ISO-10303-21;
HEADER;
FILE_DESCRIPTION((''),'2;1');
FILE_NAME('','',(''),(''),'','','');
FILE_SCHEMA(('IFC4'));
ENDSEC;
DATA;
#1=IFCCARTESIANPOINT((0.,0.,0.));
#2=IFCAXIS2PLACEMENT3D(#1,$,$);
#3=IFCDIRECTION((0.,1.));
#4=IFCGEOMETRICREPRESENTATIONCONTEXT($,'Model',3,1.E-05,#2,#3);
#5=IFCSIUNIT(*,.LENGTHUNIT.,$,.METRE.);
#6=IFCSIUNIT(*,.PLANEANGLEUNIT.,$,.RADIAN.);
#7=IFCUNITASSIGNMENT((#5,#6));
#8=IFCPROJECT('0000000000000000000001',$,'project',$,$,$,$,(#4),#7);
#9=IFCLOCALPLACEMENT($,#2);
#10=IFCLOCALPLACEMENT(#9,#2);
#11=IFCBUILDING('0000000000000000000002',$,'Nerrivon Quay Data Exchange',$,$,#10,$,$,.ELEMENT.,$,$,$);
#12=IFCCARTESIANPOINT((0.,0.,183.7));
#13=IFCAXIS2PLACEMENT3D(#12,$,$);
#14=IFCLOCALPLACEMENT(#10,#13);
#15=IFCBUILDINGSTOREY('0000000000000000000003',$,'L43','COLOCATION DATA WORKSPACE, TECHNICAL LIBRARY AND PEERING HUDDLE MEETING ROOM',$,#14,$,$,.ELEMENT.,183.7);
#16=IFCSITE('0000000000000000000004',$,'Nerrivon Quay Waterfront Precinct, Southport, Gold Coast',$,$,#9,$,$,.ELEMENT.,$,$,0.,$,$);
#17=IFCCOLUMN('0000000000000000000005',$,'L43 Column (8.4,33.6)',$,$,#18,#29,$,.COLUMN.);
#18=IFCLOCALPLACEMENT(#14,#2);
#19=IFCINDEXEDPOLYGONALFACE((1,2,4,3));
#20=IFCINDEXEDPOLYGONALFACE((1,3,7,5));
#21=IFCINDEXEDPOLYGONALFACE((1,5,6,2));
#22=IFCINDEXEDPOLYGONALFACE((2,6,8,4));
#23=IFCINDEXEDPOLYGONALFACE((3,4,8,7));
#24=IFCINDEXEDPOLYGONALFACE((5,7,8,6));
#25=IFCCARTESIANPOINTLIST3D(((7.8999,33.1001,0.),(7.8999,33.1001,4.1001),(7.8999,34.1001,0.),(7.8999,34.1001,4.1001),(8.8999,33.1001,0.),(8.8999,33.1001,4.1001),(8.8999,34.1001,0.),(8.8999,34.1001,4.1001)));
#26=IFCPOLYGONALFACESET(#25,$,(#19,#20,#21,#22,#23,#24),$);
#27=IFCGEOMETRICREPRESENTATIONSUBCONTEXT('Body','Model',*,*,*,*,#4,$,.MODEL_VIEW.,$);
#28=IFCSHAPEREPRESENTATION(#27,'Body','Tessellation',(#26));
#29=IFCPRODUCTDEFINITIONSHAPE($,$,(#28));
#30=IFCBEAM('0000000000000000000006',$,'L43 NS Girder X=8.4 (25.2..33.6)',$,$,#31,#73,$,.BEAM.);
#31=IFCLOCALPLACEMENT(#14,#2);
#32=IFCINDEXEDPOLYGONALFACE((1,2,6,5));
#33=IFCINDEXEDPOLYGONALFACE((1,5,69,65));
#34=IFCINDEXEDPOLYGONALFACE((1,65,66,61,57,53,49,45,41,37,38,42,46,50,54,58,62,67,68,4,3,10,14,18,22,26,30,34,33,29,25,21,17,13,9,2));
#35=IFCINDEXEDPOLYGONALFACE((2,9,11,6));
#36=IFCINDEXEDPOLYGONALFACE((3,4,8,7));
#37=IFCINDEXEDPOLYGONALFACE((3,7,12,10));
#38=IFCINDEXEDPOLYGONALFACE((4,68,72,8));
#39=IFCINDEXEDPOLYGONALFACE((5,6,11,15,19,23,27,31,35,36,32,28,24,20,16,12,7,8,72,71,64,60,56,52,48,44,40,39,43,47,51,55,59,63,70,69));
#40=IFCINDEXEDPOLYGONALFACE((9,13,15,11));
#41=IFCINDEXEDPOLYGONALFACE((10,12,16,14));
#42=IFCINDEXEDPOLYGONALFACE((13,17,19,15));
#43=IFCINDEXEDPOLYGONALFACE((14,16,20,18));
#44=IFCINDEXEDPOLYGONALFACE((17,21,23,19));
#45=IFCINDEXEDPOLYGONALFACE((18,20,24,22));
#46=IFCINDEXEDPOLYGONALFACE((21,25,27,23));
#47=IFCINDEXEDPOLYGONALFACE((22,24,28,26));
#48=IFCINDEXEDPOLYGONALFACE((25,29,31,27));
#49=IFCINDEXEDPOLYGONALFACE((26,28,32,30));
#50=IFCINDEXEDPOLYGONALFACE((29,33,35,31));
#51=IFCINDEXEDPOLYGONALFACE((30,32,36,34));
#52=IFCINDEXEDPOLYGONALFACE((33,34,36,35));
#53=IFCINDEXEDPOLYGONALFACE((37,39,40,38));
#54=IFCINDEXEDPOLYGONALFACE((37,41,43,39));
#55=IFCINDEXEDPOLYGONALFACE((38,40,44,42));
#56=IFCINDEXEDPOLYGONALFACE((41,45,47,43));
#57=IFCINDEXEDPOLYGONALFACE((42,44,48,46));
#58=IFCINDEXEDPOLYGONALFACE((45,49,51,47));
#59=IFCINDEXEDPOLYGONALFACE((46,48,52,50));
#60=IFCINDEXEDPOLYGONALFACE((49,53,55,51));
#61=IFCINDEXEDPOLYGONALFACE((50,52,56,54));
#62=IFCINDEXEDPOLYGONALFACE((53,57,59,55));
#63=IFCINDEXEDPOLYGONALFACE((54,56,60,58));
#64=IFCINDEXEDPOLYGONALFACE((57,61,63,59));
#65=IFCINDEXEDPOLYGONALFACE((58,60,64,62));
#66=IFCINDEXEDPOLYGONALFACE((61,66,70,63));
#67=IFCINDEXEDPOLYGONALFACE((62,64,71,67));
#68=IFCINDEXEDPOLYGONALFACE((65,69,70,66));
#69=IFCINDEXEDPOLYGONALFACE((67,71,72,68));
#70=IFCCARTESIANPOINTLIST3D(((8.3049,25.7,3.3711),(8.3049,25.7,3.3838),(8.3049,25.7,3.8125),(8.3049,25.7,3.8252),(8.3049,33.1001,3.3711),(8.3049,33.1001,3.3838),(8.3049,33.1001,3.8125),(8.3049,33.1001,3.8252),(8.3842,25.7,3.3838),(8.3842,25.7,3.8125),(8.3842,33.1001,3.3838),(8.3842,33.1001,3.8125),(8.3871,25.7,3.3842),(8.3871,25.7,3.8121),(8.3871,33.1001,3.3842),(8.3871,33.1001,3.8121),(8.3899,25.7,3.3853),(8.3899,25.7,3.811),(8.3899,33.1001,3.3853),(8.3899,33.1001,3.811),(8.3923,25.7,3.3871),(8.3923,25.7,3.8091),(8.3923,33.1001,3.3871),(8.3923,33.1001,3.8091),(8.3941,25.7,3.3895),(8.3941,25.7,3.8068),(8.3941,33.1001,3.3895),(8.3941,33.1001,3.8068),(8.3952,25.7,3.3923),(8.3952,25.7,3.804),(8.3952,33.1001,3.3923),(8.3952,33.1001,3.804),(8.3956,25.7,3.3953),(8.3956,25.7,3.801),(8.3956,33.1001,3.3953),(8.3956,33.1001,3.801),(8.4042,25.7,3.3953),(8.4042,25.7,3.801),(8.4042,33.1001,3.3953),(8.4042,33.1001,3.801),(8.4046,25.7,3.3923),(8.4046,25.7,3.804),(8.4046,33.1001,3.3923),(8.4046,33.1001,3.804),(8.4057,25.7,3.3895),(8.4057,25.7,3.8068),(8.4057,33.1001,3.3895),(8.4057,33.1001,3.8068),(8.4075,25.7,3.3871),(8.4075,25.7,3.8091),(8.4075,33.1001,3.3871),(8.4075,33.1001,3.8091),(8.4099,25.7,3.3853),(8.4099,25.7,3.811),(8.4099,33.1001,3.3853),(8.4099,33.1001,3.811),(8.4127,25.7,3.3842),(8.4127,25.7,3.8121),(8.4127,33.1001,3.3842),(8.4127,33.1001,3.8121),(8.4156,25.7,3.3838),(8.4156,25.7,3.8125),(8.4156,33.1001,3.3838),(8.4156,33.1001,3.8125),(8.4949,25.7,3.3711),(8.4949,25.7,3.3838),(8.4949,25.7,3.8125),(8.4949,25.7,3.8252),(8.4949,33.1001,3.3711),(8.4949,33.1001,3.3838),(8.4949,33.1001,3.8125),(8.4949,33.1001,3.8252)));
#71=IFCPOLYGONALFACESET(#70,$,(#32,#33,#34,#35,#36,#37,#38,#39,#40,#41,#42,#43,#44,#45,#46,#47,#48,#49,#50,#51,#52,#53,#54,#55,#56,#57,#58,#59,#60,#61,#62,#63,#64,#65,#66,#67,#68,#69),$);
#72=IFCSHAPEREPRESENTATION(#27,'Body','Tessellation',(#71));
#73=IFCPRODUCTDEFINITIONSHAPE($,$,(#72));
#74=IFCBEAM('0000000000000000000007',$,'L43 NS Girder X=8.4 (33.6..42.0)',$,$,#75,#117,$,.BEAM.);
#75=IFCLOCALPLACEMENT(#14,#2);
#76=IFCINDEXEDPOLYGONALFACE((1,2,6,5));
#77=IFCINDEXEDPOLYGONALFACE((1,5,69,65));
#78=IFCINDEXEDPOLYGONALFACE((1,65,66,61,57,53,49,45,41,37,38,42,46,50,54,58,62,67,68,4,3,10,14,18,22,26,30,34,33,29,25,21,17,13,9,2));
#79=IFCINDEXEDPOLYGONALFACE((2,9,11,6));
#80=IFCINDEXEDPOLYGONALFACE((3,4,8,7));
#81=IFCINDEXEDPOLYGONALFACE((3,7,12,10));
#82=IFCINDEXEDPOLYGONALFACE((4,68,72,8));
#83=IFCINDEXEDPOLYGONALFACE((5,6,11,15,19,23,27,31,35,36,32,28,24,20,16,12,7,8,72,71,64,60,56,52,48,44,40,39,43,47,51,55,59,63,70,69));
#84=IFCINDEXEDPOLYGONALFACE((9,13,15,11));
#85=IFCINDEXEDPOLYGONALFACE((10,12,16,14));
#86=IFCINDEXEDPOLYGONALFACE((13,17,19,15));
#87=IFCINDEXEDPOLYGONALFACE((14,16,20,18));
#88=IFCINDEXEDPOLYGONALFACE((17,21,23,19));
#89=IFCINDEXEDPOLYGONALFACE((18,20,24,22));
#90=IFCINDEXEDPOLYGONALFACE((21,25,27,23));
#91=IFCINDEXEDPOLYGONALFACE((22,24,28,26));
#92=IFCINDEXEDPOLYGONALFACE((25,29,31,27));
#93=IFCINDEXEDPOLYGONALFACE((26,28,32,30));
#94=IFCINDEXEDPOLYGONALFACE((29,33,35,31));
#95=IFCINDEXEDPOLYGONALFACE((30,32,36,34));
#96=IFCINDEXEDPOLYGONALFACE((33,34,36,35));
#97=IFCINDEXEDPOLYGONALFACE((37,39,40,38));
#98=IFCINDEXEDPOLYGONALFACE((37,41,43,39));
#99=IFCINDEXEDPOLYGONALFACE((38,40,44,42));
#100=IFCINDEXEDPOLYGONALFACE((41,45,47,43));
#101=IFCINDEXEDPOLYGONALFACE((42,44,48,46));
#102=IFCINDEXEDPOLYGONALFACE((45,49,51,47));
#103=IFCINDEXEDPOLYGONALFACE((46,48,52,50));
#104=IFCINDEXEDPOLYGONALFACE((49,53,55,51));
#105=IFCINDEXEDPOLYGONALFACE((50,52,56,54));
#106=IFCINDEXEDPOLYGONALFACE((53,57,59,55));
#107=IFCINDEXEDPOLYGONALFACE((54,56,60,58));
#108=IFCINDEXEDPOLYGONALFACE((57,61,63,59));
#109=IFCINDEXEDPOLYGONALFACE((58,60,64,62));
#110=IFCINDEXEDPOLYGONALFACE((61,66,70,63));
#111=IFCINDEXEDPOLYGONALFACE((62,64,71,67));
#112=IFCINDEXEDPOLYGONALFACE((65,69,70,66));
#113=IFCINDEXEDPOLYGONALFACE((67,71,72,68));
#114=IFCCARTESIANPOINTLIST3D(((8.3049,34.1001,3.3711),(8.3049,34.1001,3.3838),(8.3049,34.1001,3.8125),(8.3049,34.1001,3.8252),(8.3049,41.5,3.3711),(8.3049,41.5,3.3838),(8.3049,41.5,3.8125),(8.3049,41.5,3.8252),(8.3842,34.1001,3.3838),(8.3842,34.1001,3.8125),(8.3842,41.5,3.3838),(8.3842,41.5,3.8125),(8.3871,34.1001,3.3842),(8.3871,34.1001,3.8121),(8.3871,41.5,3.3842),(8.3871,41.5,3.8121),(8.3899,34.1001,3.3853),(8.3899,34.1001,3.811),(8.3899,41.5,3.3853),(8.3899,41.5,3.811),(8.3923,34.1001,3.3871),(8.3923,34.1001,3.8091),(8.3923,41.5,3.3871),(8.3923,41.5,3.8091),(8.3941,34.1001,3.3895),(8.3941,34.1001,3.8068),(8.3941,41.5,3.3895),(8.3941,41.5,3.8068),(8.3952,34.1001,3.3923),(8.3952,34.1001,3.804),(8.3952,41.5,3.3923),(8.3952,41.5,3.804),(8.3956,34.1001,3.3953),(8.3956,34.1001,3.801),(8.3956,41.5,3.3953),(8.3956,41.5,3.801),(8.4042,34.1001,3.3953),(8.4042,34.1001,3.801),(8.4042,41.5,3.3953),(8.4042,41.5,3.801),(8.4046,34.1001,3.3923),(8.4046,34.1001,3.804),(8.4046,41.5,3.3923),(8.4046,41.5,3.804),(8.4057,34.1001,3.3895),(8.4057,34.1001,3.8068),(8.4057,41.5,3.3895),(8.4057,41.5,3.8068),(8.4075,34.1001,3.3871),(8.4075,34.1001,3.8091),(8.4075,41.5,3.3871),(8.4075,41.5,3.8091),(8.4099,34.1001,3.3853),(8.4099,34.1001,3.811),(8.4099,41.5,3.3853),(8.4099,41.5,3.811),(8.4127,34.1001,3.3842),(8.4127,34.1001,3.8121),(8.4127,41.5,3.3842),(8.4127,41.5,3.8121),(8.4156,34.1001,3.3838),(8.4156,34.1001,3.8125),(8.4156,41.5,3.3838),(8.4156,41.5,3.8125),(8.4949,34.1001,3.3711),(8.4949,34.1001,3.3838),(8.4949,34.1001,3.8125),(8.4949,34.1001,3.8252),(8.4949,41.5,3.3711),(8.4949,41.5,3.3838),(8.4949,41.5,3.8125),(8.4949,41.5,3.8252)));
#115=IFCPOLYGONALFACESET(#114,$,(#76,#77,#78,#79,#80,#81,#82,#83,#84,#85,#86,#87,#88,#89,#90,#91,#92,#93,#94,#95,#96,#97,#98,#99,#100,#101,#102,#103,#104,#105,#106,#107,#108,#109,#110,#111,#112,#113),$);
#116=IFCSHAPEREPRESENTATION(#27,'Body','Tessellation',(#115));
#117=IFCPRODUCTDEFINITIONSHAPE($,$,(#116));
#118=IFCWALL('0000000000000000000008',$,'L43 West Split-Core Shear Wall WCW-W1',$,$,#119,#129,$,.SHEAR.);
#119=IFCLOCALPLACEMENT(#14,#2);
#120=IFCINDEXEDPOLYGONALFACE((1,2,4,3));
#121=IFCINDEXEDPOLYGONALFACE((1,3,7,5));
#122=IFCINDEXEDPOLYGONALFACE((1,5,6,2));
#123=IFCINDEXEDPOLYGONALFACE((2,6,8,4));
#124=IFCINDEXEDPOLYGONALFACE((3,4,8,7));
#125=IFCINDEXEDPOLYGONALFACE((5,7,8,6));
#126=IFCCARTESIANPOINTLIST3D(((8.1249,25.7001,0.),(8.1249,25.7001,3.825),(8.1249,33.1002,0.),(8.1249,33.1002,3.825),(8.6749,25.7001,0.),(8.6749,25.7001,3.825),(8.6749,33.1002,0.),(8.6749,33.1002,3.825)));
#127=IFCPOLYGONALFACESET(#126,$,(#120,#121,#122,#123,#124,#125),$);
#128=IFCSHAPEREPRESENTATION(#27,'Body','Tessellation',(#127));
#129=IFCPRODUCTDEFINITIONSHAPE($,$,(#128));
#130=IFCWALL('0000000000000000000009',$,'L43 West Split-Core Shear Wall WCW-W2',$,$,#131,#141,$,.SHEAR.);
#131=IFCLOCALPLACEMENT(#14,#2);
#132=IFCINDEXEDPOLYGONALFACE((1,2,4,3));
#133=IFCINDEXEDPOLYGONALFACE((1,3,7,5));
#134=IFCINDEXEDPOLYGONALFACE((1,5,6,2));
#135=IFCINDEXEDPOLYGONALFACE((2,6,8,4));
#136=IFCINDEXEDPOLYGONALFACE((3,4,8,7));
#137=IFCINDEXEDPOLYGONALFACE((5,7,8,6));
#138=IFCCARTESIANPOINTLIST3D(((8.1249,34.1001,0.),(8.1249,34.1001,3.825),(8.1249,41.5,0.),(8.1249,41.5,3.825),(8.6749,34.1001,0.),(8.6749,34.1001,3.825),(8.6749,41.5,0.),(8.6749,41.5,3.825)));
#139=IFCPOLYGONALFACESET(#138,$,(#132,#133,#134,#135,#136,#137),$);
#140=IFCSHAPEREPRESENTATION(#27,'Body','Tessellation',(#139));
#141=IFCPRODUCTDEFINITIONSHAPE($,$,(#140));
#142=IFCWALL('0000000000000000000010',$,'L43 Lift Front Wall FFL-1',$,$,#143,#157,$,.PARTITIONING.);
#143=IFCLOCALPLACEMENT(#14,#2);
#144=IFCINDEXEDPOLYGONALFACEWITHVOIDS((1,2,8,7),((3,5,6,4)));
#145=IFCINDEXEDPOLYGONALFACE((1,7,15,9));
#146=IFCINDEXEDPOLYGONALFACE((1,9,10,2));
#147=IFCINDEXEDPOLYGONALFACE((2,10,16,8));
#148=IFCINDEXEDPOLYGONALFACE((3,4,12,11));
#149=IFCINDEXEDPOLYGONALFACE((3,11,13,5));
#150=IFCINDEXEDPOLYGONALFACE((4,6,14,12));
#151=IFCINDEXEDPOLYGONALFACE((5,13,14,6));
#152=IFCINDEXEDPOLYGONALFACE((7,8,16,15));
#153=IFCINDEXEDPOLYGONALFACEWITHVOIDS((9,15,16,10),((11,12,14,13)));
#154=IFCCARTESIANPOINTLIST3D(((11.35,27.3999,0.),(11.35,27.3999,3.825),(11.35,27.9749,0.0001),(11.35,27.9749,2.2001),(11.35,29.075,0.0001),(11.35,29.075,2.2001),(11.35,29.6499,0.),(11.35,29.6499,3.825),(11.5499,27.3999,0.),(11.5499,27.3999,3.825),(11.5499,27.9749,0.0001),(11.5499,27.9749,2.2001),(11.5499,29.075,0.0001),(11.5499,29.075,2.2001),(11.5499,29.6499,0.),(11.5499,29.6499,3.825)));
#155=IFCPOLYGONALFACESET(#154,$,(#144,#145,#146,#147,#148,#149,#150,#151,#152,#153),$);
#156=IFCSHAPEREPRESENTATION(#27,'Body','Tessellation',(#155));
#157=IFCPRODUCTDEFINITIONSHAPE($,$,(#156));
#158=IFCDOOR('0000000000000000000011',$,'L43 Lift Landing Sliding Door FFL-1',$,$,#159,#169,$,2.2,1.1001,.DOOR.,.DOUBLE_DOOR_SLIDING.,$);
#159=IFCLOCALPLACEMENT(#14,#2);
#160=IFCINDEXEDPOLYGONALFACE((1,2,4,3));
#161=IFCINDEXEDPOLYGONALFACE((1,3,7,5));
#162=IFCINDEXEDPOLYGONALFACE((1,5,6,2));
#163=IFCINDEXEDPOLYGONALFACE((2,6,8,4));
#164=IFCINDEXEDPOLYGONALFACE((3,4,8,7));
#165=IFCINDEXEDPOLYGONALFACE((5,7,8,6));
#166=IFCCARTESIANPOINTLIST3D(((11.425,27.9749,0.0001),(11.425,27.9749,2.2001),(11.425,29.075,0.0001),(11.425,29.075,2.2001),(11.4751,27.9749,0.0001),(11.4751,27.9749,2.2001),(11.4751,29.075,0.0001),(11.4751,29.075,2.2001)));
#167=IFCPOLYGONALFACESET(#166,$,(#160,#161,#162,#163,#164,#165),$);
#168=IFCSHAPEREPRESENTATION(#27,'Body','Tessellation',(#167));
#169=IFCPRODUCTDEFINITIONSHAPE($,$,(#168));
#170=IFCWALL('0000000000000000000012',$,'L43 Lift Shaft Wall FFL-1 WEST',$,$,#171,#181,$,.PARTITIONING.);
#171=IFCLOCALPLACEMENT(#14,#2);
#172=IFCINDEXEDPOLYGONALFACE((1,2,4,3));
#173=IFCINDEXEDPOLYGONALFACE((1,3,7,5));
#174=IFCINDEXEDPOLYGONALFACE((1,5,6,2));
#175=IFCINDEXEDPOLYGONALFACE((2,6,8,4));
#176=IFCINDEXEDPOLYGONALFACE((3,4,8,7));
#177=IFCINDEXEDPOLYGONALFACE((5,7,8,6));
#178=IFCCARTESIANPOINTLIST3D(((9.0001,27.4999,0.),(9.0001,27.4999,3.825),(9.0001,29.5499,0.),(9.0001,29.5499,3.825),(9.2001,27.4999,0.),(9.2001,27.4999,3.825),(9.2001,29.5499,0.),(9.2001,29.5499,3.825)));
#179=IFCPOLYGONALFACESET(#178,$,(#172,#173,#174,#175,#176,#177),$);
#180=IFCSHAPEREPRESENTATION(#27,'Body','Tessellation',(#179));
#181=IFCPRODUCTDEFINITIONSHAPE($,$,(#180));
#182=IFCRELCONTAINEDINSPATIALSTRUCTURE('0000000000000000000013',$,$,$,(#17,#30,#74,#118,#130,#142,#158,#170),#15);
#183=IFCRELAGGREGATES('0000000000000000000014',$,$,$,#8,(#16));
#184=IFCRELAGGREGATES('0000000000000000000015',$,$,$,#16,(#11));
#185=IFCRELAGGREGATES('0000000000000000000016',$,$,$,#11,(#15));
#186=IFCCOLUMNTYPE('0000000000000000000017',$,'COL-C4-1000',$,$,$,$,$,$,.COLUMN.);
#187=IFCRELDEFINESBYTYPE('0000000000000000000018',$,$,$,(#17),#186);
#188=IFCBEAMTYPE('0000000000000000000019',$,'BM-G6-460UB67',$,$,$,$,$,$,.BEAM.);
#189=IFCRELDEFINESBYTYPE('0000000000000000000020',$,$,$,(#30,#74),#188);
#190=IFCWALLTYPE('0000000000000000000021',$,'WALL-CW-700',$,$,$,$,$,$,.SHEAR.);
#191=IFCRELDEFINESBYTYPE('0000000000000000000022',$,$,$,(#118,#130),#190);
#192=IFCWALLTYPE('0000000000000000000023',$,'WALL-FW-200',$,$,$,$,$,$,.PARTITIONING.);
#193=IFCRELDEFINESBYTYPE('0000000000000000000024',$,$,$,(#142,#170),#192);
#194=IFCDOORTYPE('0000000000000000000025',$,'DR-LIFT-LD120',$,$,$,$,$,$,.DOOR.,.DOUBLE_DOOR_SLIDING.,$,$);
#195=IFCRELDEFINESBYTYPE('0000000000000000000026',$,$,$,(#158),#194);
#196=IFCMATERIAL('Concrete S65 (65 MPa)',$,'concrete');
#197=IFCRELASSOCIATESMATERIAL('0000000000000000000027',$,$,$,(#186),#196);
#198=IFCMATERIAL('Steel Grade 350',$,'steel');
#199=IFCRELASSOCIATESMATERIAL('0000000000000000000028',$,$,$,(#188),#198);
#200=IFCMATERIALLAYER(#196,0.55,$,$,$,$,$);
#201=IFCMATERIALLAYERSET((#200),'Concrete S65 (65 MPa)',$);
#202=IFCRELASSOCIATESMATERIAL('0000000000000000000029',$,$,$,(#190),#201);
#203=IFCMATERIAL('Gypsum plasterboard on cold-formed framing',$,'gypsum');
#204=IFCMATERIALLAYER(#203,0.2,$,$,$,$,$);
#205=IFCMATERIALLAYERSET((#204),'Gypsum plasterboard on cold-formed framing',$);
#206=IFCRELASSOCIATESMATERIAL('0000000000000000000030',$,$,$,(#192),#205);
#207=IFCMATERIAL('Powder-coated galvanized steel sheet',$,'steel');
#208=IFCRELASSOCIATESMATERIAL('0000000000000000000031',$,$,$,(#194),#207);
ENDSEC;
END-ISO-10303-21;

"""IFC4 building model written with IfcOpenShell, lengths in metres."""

from ifc_helpers import new_model, si_unit, direction, frame, frame_2d, origin, origin_2d, place, context, subcontext, project, spatial, rectangle, i_section, extrude, material, layer, layer_set, material_profile, profile_set, type_object, element, fill, save


model = new_model("IFC4")

# Units and contexts
model_context = context("Model", 3, precision=1e-05, world=origin(), true_north=direction((0.0, 1.0)))
body_context = subcontext(model_context, "Body", "Model", "MODEL_VIEW")
ifc_project = project(units=[si_unit("LENGTHUNIT", "METRE"), si_unit("PLANEANGLEUNIT", "RADIAN")], contexts=[model_context])

# Site, building, storey
site_placement = place(None, origin())
site = spatial("IfcSite", under=ifc_project, at=site_placement, Name="Nerrivon Quay Waterfront Precinct, Southport, Gold Coast", CompositionType="ELEMENT", RefElevation=0.0)
building_placement = place(site_placement, origin())
building = spatial("IfcBuilding", under=site, at=building_placement, Name="Nerrivon Quay Data Exchange", CompositionType="ELEMENT")
storey_placement = place(building_placement, frame((0.0, 0.0, 183.7)))
storey = spatial("IfcBuildingStorey", under=building, at=storey_placement, Name="L43", Description="COLOCATION DATA WORKSPACE, TECHNICAL LIBRARY AND PEERING HUDDLE MEETING ROOM", CompositionType="ELEMENT", Elevation=183.7)

# Column
ifc_material_1 = material(Name="Concrete S65 (65 MPa)", Category="concrete")
ifc_material_profile_1 = material_profile(ifc_material_1, rectangle(XDim=1.0, YDim=1.0, at=origin_2d()), Name="RC-COL-1000x1000")
ifc_profile_set_1 = profile_set([ifc_material_profile_1], Name="Concrete S65 (65 MPa)")
column_type = type_object("IfcColumnType", Name="COL-C4-1000", PredefinedType="COLUMN", material=ifc_profile_set_1)
column_placement = place(storey_placement, frame((8.3999, 33.6001, 0.0), z_axis=(0.0, 0.0, 1.0), x_axis=(1.0, 0.0, 0.0)))
element("IfcColumn", 1, at=column_placement, inside=storey, type_object=column_type, Name="L43 Column (8.4,33.6)", PredefinedType="COLUMN", context=body_context, shape_type="SweptSolid", body=[
    extrude(rectangle(XDim=1.0, YDim=1.0, at=origin_2d()), origin(), (0.0, 0.0, 1.0), 4.1001),
])

# Beams
ifc_material_2 = material(Name="Steel Grade 350", Category="steel")
ifc_material_profile_2 = material_profile(ifc_material_2, i_section(OverallWidth=0.1899, OverallDepth=0.4541, WebThickness=0.0085, FlangeThickness=0.0127, FilletRadius=0.0115, at=origin_2d()), Name="460UB67.1")
ifc_profile_set_2 = profile_set([ifc_material_profile_2], Name="Steel Grade 350")
beam_type = type_object("IfcBeamType", Name="BM-G6-460UB67", PredefinedType="BEAM", material=ifc_profile_set_2)
beam_1_placement = place(storey_placement, frame((8.3999, 25.7, 3.5981), z_axis=(0.0, 1.0, 0.0), x_axis=(-1.0, 0.0, 0.0)))
element("IfcBeam", 2, at=beam_1_placement, inside=storey, type_object=beam_type, Name="L43 NS Girder X=8.4 (25.2..33.6)", PredefinedType="BEAM", context=body_context, shape_type="SweptSolid", body=[
    extrude(i_section(OverallWidth=0.1899, OverallDepth=0.4541, WebThickness=0.0085, FlangeThickness=0.0127, FilletRadius=0.0115, at=origin_2d()), origin(), (0.0, 0.0, 1.0), 7.4001),
])
beam_2_placement = place(storey_placement, frame((8.3999, 34.1001, 3.5981), z_axis=(0.0, 1.0, 0.0), x_axis=(-1.0, 0.0, 0.0)))
element("IfcBeam", 3, at=beam_2_placement, inside=storey, type_object=beam_type, Name="L43 NS Girder X=8.4 (33.6..42.0)", PredefinedType="BEAM", context=body_context, shape_type="SweptSolid", body=[
    extrude(i_section(OverallWidth=0.1899, OverallDepth=0.4541, WebThickness=0.0085, FlangeThickness=0.0127, FilletRadius=0.0115, at=origin_2d()), origin(), (0.0, 0.0, 1.0), 7.3999),
])

# Walls
ifc_layer_1 = layer(ifc_material_1, 0.55)
ifc_layer_set_1 = layer_set([ifc_layer_1], Name="Concrete S65 (65 MPa)")
wall_type_1 = type_object("IfcWallType", Name="WALL-CW-700", PredefinedType="SHEAR", material=ifc_layer_set_1)
wall_1_placement = place(storey_placement, frame((8.3999, 25.7, 0.0), z_axis=(0.0, 0.0, 1.0), x_axis=(0.0, 1.0, 0.0)))
element("IfcWall", 4, at=wall_1_placement, inside=storey, type_object=wall_type_1, Name="L43 West Split-Core Shear Wall WCW-W1", PredefinedType="SHEAR", context=body_context, shape_type="SweptSolid", body=[
    extrude(rectangle(XDim=7.4001, YDim=0.55, at=frame_2d((3.7002, 0.0))), origin(), (0.0, 0.0, 1.0), 3.825),
])
wall_2_placement = place(storey_placement, frame((8.3999, 34.1001, 0.0), z_axis=(0.0, 0.0, 1.0), x_axis=(0.0, 1.0, 0.0)))
element("IfcWall", 5, at=wall_2_placement, inside=storey, type_object=wall_type_1, Name="L43 West Split-Core Shear Wall WCW-W2", PredefinedType="SHEAR", context=body_context, shape_type="SweptSolid", body=[
    extrude(rectangle(XDim=7.3999, YDim=0.55, at=frame_2d((3.7, 0.0))), origin(), (0.0, 0.0, 1.0), 3.825),
])

# Wall, opening, door
ifc_material_3 = material(Name="Powder-coated galvanized steel sheet", Category="steel")
ifc_material_4 = material(Name="Gypsum plasterboard on cold-formed framing", Category="gypsum")
ifc_layer_2 = layer(ifc_material_4, 0.2)
ifc_layer_set_2 = layer_set([ifc_layer_2], Name="Gypsum plasterboard on cold-formed framing")
wall_type_2 = type_object("IfcWallType", Name="WALL-FW-200", PredefinedType="PARTITIONING", material=ifc_layer_set_2)
wall_3_placement = place(storey_placement, frame((11.45, 27.3999, 0.0), z_axis=(0.0, 0.0, 1.0), x_axis=(0.0, 1.0, 0.0)))
wall_3 = element("IfcWall", 6, at=wall_3_placement, inside=storey, type_object=wall_type_2, Name="L43 Lift Front Wall FFL-1", PredefinedType="PARTITIONING", context=body_context, shape_type="SweptSolid", body=[
    extrude(rectangle(XDim=2.25, YDim=0.2, at=frame_2d((1.125, 0.0))), origin(), (0.0, 0.0, 1.0), 3.825),
])
opening_1_placement = place(wall_3_placement, frame((0.575, 0.0, 0.0)))
opening_1 = element("IfcOpeningElement", 7, at=opening_1_placement, cuts=wall_3, PredefinedType="OPENING", context=body_context, shape_type="SweptSolid", body=[
    extrude(rectangle(XDim=1.1001, YDim=2.2, at=frame_2d((0.55, 1.1001))), frame((0.0, 0.1099, 0.0), z_axis=(0.0, -1.0, 0.0), x_axis=(1.0, 0.0, 0.0)), (0.0, 0.0, 1.0), 0.22),
])
door_type_1 = type_object("IfcDoorType", Name="DR-LIFT-LD120", OperationType="DOUBLE_DOOR_SLIDING", PredefinedType="DOOR", material=ifc_material_3)
door_1_placement = place(opening_1_placement, origin())
door_1 = element("IfcDoor", 8, at=door_1_placement, inside=storey, type_object=door_type_1, Name="L43 Lift Landing Sliding Door FFL-1", OperationType="DOUBLE_DOOR_SLIDING", OverallHeight=2.2, OverallWidth=1.1001, PredefinedType="DOOR", context=body_context, shape_type="SweptSolid", body=[
    extrude(rectangle(XDim=1.1001, YDim=2.2, at=frame_2d((0.55, 1.1001))), frame((0.0, 0.0249, 0.0), z_axis=(0.0, -1.0, 0.0), x_axis=(1.0, 0.0, 0.0)), (0.0, 0.0, 1.0), 0.05),
])
fill(opening_1, door_1)

# Wall
wall_4_placement = place(storey_placement, frame((9.1001, 27.5, 0.0), z_axis=(0.0, 0.0, 1.0), x_axis=(0.0, 1.0, 0.0)))
element("IfcWall", 9, at=wall_4_placement, inside=storey, type_object=wall_type_2, Name="L43 Lift Shaft Wall FFL-1 WEST", PredefinedType="PARTITIONING", context=body_context, shape_type="SweptSolid", body=[
    extrude(rectangle(XDim=2.05, YDim=0.2, at=frame_2d((1.0249, 0.0))), origin(), (0.0, 0.0, 1.0), 3.825),
])

save(model, "model.ifc")
